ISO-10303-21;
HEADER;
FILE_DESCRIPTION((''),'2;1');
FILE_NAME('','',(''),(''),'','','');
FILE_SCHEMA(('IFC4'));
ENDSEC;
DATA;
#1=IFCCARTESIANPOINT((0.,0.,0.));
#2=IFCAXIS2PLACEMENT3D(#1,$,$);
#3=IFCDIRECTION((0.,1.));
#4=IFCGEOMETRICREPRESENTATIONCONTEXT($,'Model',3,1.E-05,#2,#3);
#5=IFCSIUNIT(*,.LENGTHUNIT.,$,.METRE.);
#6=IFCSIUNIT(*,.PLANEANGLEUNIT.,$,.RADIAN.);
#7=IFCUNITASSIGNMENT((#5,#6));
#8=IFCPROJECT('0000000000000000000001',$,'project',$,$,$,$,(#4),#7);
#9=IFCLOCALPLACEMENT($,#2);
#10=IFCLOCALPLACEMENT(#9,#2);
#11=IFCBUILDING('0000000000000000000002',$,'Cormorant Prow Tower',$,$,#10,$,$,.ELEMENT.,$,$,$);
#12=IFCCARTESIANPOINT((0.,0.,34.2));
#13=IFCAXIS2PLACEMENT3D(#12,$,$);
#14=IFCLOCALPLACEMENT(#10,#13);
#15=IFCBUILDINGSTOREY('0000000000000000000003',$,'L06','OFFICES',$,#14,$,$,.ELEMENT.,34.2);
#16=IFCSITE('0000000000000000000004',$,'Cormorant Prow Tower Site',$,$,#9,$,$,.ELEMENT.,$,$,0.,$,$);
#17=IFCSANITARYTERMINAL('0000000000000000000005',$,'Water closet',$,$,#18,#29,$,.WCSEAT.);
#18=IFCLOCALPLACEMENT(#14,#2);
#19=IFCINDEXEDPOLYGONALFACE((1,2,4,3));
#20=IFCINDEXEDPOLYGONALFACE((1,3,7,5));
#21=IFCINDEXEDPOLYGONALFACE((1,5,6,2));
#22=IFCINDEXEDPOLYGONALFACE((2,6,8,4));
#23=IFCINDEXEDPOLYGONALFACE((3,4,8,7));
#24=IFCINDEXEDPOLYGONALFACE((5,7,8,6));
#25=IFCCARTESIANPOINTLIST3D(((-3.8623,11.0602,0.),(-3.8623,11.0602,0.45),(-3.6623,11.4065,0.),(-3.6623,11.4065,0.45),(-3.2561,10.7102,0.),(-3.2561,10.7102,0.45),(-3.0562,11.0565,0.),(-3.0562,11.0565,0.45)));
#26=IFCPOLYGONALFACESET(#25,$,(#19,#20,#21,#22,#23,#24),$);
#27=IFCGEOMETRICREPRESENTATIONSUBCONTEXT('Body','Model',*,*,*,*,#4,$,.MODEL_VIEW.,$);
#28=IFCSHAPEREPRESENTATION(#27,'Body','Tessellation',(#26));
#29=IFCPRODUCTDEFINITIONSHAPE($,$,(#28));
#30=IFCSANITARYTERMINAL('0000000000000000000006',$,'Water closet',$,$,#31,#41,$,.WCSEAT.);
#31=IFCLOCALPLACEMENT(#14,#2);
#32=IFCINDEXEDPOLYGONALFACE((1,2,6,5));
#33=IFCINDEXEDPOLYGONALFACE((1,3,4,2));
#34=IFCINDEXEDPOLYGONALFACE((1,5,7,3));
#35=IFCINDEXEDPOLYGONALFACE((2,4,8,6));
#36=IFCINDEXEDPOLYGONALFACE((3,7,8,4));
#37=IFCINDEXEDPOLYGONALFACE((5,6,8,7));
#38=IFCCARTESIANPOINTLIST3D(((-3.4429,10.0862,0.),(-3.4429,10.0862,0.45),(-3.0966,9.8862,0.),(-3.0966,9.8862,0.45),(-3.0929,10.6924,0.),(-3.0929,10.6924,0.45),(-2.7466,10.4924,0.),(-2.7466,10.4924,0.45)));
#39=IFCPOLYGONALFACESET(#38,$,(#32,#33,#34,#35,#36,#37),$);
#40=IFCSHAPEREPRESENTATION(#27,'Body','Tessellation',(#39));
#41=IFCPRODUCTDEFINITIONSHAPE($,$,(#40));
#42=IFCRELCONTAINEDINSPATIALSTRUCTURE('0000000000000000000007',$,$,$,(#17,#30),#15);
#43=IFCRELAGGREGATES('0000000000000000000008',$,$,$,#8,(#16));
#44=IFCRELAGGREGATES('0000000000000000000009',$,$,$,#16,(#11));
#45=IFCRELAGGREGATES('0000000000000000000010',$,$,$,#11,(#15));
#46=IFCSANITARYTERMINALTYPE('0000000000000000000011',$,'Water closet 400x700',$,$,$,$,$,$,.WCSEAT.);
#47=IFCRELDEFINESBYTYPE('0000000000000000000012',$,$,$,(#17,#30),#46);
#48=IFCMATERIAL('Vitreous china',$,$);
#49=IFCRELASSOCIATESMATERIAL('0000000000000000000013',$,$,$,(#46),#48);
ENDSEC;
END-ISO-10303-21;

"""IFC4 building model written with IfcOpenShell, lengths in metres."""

from ifc_helpers import new_model, si_unit, direction, frame, origin, origin_2d, place, context, subcontext, project, spatial, rectangle, extrude, material, type_object, element, save


model = new_model("IFC4")

# Units and contexts
model_context = context("Model", 3, precision=1e-05, world=origin(), true_north=direction((0.0, 1.0)))
body_context = subcontext(model_context, "Body", "Model", "MODEL_VIEW")
ifc_project = project(units=[si_unit("LENGTHUNIT", "METRE"), si_unit("PLANEANGLEUNIT", "RADIAN")], contexts=[model_context])

# Site, building, storey
site_placement = place(None, origin())
site = spatial("IfcSite", under=ifc_project, at=site_placement, Name="Cormorant Prow Tower Site", CompositionType="ELEMENT", RefElevation=0.0)
building_placement = place(site_placement, origin())
building = spatial("IfcBuilding", under=site, at=building_placement, Name="Cormorant Prow Tower", CompositionType="ELEMENT")
storey_placement = place(building_placement, frame((0.0, 0.0, 34.2)))
storey = spatial("IfcBuildingStorey", under=building, at=storey_placement, Name="L06", Description="OFFICES", CompositionType="ELEMENT", Elevation=34.2)

# Sanitary terminals
ifc_material_1 = material(Name="Vitreous china")
sanitary_terminal_type_1 = type_object("IfcSanitaryTerminalType", Name="Water closet 400x700", PredefinedType="WCSEAT", material=ifc_material_1)
for number, where, z_axis, x_axis, name in (
    (1, (-3.4592, 11.0583, 0.0), (0.0, 0.0, 1.0), (-0.5, -0.866025, 0.0), "Water closet"),
    (2, (-3.0947, 10.2893, 0.0), (0.0, 0.0, 1.0), (0.866017, -0.500015, 0.0), "Water closet"),
):
    element("IfcSanitaryTerminal", number, at=place(storey_placement, frame(where, z_axis=z_axis, x_axis=x_axis)), inside=storey, type_object=sanitary_terminal_type_1, Name=name, PredefinedType="WCSEAT", context=body_context, shape_type="SweptSolid", body=[
        extrude(rectangle(XDim=0.3999, YDim=0.7, at=origin_2d()), origin(), (0.0, 0.0, 1.0), 0.45),
    ])

save(model, "model.ifc")
